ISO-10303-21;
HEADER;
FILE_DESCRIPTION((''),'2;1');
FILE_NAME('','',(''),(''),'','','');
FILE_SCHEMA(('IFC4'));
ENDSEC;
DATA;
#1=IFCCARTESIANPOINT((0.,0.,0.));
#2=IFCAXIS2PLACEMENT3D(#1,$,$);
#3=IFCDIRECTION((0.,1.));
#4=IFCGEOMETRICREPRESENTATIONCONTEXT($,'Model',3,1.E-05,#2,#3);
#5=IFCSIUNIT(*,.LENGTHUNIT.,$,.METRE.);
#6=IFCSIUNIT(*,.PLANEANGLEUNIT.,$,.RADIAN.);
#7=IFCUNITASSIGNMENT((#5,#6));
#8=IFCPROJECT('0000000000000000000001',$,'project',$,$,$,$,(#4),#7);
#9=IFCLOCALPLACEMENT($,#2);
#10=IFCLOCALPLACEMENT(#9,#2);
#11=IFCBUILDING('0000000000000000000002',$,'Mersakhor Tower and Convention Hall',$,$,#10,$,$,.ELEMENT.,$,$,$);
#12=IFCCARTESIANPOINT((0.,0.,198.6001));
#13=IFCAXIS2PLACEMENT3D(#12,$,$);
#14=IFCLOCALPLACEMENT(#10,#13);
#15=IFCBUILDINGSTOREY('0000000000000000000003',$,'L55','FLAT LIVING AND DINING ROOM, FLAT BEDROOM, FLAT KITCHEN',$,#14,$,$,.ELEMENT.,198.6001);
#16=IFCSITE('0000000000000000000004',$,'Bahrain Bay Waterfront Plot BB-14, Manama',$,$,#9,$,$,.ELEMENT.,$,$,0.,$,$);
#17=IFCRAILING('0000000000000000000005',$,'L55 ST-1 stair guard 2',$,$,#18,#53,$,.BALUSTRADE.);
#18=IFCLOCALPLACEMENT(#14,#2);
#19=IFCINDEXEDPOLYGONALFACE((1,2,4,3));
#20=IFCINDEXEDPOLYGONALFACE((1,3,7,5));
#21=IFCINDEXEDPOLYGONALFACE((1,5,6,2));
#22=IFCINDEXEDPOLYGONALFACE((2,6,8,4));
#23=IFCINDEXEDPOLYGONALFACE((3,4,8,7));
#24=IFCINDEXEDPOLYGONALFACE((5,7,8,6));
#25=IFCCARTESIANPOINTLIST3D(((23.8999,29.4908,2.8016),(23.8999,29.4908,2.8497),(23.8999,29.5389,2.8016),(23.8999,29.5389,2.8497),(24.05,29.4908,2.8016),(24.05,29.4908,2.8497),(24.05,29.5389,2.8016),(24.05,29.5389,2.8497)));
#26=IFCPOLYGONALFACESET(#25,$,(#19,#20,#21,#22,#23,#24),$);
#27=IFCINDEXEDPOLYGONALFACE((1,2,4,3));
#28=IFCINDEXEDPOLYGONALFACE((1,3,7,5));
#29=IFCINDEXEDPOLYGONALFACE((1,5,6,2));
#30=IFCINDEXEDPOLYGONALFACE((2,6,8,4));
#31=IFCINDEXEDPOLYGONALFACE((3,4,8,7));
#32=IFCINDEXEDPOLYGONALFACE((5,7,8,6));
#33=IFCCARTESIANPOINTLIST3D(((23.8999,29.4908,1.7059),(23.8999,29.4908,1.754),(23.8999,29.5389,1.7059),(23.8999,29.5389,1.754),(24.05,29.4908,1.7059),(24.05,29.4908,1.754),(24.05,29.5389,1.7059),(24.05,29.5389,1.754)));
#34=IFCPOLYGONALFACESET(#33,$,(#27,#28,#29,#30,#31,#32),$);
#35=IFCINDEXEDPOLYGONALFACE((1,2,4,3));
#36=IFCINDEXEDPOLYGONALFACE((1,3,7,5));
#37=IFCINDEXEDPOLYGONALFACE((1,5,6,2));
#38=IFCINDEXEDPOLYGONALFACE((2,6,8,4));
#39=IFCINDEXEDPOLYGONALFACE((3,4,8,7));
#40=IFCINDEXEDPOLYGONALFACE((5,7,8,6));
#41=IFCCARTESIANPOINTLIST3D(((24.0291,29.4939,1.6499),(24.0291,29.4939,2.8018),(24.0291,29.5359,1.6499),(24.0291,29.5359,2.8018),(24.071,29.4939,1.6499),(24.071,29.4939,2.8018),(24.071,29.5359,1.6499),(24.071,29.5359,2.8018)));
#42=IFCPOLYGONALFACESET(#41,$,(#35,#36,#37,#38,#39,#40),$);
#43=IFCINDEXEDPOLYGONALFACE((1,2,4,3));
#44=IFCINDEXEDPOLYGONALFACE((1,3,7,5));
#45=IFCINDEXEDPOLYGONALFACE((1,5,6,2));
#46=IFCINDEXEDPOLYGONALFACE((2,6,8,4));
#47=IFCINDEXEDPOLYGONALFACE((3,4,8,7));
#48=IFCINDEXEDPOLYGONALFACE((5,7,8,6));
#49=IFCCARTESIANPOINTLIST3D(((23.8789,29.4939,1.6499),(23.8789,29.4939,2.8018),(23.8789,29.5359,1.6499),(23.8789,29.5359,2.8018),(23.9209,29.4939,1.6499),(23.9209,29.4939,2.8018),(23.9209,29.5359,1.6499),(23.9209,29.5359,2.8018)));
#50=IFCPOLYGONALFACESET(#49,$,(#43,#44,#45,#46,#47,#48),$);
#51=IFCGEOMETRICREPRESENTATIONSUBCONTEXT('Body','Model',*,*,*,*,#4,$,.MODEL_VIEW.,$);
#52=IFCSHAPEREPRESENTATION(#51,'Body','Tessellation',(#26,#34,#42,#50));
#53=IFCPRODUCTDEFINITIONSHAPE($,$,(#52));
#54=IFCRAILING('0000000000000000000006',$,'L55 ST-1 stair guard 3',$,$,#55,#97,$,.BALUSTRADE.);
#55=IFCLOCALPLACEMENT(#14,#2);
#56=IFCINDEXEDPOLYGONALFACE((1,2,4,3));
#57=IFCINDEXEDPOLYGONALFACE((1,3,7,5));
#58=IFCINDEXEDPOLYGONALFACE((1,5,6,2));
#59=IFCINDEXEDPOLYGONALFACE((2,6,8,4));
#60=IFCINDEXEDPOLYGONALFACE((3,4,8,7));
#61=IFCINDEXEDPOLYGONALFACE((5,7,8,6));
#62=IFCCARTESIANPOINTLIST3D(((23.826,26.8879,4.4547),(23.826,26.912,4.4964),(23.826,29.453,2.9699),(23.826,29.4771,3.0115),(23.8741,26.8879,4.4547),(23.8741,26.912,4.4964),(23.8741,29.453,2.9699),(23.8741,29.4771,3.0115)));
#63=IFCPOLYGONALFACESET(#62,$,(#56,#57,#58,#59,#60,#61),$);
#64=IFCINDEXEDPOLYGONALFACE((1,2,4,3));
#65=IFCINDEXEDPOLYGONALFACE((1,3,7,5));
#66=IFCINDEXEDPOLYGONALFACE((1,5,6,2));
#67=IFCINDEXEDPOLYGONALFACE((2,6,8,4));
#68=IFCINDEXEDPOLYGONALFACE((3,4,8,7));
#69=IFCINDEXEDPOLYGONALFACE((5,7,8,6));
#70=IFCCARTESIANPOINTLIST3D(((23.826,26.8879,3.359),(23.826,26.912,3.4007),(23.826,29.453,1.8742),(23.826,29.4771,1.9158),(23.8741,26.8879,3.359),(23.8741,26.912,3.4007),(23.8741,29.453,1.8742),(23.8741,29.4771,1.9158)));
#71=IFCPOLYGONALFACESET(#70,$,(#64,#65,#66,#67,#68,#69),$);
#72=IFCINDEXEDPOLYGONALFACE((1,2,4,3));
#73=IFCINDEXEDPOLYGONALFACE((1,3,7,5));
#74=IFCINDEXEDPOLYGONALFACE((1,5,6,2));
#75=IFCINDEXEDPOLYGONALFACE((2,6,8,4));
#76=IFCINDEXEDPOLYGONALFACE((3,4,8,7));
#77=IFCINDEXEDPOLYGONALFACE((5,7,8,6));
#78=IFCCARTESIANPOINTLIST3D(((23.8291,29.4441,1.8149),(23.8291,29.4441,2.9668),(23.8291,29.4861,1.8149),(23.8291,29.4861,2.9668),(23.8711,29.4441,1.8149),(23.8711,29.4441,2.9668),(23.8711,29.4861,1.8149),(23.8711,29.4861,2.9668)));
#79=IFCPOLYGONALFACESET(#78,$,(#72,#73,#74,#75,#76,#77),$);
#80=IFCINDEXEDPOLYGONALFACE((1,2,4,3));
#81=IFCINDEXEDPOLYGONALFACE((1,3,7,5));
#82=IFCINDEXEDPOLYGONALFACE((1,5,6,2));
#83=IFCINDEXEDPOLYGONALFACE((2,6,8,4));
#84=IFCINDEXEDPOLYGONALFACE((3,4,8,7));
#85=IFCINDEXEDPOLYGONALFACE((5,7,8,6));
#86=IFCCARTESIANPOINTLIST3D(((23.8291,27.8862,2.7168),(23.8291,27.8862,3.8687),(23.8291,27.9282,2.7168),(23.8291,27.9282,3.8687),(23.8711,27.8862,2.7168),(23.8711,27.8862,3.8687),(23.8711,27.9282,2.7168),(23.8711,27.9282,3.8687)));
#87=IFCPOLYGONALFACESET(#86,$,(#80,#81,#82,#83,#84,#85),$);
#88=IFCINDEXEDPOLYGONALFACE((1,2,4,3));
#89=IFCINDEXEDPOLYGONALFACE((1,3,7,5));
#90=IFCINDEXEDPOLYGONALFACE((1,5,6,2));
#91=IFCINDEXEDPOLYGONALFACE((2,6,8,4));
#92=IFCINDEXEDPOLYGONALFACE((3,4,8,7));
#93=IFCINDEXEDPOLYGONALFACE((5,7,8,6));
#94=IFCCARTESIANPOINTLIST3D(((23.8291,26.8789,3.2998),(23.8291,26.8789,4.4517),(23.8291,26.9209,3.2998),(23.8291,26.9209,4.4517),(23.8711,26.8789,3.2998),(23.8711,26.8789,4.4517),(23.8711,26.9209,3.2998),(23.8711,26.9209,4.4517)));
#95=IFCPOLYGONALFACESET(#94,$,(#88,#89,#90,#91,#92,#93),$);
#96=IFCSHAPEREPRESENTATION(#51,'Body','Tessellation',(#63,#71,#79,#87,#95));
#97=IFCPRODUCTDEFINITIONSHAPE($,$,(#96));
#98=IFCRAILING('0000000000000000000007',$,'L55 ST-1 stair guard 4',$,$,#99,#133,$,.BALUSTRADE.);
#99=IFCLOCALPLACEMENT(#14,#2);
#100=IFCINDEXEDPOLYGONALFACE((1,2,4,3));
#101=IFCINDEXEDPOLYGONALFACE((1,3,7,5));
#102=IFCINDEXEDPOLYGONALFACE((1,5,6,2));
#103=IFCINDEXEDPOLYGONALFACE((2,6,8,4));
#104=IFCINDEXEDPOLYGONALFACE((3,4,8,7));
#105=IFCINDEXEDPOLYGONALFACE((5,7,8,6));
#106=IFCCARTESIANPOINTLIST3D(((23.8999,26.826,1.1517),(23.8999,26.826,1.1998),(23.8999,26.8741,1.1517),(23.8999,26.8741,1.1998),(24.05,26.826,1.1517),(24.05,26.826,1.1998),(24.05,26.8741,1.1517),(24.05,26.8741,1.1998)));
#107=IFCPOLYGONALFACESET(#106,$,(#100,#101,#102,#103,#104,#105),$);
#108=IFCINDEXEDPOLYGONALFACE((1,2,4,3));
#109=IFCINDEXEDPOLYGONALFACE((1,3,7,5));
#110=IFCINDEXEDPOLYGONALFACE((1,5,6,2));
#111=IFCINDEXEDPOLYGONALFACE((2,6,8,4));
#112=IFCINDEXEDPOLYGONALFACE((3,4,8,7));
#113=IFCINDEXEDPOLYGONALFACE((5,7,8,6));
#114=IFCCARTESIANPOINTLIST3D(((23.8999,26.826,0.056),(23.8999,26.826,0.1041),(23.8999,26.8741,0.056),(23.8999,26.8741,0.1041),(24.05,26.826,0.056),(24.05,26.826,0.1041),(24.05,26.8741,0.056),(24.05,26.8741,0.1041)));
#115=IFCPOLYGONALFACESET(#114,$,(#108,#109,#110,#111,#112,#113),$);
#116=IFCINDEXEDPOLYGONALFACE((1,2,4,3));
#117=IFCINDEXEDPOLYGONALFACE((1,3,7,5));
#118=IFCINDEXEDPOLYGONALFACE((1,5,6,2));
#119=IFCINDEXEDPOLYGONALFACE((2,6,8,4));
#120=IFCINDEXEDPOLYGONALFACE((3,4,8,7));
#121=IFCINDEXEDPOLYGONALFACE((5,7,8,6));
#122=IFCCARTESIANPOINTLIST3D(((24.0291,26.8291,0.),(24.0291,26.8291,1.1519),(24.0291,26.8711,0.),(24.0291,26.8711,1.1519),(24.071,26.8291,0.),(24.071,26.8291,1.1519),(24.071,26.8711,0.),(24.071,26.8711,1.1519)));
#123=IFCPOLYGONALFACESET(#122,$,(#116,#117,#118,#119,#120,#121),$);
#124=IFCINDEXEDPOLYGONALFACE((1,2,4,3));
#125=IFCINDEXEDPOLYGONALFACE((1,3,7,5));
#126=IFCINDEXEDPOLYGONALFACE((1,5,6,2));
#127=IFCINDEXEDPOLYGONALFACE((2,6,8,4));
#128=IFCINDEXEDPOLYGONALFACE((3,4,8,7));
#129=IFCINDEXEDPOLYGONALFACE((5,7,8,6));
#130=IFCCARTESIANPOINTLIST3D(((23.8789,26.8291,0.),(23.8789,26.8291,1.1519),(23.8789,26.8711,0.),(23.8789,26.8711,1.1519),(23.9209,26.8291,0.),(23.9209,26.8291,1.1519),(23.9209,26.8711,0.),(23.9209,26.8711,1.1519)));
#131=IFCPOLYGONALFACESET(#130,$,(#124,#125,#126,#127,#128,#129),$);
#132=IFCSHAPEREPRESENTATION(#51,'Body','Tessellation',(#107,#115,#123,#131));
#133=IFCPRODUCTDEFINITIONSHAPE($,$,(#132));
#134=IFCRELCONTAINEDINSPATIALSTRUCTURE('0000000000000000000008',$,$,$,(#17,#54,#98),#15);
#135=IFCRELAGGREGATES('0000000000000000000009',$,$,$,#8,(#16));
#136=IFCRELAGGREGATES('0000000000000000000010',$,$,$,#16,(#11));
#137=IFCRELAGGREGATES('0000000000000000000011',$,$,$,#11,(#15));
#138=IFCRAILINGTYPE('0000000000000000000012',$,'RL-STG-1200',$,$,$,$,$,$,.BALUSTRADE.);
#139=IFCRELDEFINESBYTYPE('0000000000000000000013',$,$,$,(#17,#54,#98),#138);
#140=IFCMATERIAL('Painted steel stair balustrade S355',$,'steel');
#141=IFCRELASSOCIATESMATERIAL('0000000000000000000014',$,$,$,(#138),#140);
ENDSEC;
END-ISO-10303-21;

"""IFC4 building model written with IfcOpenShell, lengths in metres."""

from ifc_helpers import new_model, si_unit, direction, frame, origin, origin_2d, place, context, subcontext, project, spatial, rectangle, extrude, material, type_object, element, save


model = new_model("IFC4")

# Units and contexts
model_context = context("Model", 3, precision=1e-05, world=origin(), true_north=direction((0.0, 1.0)))
body_context = subcontext(model_context, "Body", "Model", "MODEL_VIEW")
ifc_project = project(units=[si_unit("LENGTHUNIT", "METRE"), si_unit("PLANEANGLEUNIT", "RADIAN")], contexts=[model_context])

# Site, building, storey
site_placement = place(None, origin())
site = spatial("IfcSite", under=ifc_project, at=site_placement, Name="Bahrain Bay Waterfront Plot BB-14, Manama", CompositionType="ELEMENT", RefElevation=0.0)
building_placement = place(site_placement, origin())
building = spatial("IfcBuilding", under=site, at=building_placement, Name="Mersakhor Tower and Convention Hall", CompositionType="ELEMENT")
storey_placement = place(building_placement, frame((0.0, 0.0, 198.6001)))
storey = spatial("IfcBuildingStorey", under=building, at=storey_placement, Name="L55", Description="FLAT LIVING AND DINING ROOM, FLAT BEDROOM, FLAT KITCHEN", CompositionType="ELEMENT", Elevation=198.6001)

# Railings
ifc_material_1 = material(Name="Painted steel stair balustrade S355", Category="steel")
railing_type_1 = type_object("IfcRailingType", Name="RL-STG-1200", PredefinedType="BALUSTRADE", material=ifc_material_1)
railing_1_placement = place(storey_placement, frame((24.05, 29.5149, 1.6499)))
element("IfcRailing", 1, at=railing_1_placement, inside=storey, type_object=railing_type_1, Name="L55 ST-1 stair guard 2", PredefinedType="BALUSTRADE", context=body_context, shape_type="SweptSolid", body=[
    extrude(rectangle(XDim=0.0481, YDim=0.0481, at=origin_2d()), frame((0.0, 0.0, 1.1758), z_axis=(-1.0, 0.0, 0.0), x_axis=(0.0, -1.0, 0.0)), (0.0, 0.0, 1.0), 0.1501),
    extrude(rectangle(XDim=0.0481, YDim=0.0481, at=origin_2d()), frame((0.0, 0.0, 0.0801), z_axis=(-1.0, 0.0, 0.0), x_axis=(0.0, -1.0, 0.0)), (0.0, 0.0, 1.0), 0.1501),
    extrude(rectangle(XDim=0.042, YDim=0.042, at=origin_2d()), origin(), (0.0, 0.0, 1.0), 1.1519),
    extrude(rectangle(XDim=0.042, YDim=0.042, at=origin_2d()), frame((-0.1501, 0.0, 0.0)), (0.0, 0.0, 1.0), 1.1519),
])
railing_2_placement = place(storey_placement, frame((23.8501, 29.4651, 1.8149)))
element("IfcRailing", 2, at=railing_2_placement, inside=storey, type_object=railing_type_1, Name="L55 ST-1 stair guard 3", PredefinedType="BALUSTRADE", context=body_context, shape_type="SweptSolid", body=[
    extrude(rectangle(XDim=0.0481, YDim=0.0481, at=origin_2d()), frame((0.0, 0.0, 1.1758), z_axis=(0.0, -0.865462, 0.500975), x_axis=(1.0, 0.0, 0.0)), (0.0, 0.0, 1.0), 2.9639),
    extrude(rectangle(XDim=0.0481, YDim=0.0481, at=origin_2d()), frame((0.0, 0.0, 0.0801), z_axis=(0.0, -0.865462, 0.500975), x_axis=(1.0, 0.0, 0.0)), (0.0, 0.0, 1.0), 2.9639),
    extrude(rectangle(XDim=0.042, YDim=0.042, at=origin_2d()), origin(), (0.0, 0.0, 1.0), 1.1519),
    extrude(rectangle(XDim=0.042, YDim=0.042, at=origin_2d()), frame((0.0, -1.5579, 0.9019)), (0.0, 0.0, 1.0), 1.1519),
    extrude(rectangle(XDim=0.042, YDim=0.042, at=origin_2d()), frame((0.0, -2.5652, 1.4849)), (0.0, 0.0, 1.0), 1.1519),
])
railing_3_placement = place(storey_placement, frame((24.05, 26.8501, 0.0)))
element("IfcRailing", 3, at=railing_3_placement, inside=storey, type_object=railing_type_1, Name="L55 ST-1 stair guard 4", PredefinedType="BALUSTRADE", context=body_context, shape_type="SweptSolid", body=[
    extrude(rectangle(XDim=0.0481, YDim=0.0481, at=origin_2d()), frame((0.0, 0.0, 1.1758), z_axis=(-1.0, 0.0, 0.0), x_axis=(0.0, -1.0, 0.0)), (0.0, 0.0, 1.0), 0.1501),
    extrude(rectangle(XDim=0.0481, YDim=0.0481, at=origin_2d()), frame((0.0, 0.0, 0.0801), z_axis=(-1.0, 0.0, 0.0), x_axis=(0.0, -1.0, 0.0)), (0.0, 0.0, 1.0), 0.1501),
    extrude(rectangle(XDim=0.042, YDim=0.042, at=origin_2d()), origin(), (0.0, 0.0, 1.0), 1.1519),
    extrude(rectangle(XDim=0.042, YDim=0.042, at=origin_2d()), frame((-0.1501, 0.0, 0.0)), (0.0, 0.0, 1.0), 1.1519),
])

save(model, "model.ifc")
